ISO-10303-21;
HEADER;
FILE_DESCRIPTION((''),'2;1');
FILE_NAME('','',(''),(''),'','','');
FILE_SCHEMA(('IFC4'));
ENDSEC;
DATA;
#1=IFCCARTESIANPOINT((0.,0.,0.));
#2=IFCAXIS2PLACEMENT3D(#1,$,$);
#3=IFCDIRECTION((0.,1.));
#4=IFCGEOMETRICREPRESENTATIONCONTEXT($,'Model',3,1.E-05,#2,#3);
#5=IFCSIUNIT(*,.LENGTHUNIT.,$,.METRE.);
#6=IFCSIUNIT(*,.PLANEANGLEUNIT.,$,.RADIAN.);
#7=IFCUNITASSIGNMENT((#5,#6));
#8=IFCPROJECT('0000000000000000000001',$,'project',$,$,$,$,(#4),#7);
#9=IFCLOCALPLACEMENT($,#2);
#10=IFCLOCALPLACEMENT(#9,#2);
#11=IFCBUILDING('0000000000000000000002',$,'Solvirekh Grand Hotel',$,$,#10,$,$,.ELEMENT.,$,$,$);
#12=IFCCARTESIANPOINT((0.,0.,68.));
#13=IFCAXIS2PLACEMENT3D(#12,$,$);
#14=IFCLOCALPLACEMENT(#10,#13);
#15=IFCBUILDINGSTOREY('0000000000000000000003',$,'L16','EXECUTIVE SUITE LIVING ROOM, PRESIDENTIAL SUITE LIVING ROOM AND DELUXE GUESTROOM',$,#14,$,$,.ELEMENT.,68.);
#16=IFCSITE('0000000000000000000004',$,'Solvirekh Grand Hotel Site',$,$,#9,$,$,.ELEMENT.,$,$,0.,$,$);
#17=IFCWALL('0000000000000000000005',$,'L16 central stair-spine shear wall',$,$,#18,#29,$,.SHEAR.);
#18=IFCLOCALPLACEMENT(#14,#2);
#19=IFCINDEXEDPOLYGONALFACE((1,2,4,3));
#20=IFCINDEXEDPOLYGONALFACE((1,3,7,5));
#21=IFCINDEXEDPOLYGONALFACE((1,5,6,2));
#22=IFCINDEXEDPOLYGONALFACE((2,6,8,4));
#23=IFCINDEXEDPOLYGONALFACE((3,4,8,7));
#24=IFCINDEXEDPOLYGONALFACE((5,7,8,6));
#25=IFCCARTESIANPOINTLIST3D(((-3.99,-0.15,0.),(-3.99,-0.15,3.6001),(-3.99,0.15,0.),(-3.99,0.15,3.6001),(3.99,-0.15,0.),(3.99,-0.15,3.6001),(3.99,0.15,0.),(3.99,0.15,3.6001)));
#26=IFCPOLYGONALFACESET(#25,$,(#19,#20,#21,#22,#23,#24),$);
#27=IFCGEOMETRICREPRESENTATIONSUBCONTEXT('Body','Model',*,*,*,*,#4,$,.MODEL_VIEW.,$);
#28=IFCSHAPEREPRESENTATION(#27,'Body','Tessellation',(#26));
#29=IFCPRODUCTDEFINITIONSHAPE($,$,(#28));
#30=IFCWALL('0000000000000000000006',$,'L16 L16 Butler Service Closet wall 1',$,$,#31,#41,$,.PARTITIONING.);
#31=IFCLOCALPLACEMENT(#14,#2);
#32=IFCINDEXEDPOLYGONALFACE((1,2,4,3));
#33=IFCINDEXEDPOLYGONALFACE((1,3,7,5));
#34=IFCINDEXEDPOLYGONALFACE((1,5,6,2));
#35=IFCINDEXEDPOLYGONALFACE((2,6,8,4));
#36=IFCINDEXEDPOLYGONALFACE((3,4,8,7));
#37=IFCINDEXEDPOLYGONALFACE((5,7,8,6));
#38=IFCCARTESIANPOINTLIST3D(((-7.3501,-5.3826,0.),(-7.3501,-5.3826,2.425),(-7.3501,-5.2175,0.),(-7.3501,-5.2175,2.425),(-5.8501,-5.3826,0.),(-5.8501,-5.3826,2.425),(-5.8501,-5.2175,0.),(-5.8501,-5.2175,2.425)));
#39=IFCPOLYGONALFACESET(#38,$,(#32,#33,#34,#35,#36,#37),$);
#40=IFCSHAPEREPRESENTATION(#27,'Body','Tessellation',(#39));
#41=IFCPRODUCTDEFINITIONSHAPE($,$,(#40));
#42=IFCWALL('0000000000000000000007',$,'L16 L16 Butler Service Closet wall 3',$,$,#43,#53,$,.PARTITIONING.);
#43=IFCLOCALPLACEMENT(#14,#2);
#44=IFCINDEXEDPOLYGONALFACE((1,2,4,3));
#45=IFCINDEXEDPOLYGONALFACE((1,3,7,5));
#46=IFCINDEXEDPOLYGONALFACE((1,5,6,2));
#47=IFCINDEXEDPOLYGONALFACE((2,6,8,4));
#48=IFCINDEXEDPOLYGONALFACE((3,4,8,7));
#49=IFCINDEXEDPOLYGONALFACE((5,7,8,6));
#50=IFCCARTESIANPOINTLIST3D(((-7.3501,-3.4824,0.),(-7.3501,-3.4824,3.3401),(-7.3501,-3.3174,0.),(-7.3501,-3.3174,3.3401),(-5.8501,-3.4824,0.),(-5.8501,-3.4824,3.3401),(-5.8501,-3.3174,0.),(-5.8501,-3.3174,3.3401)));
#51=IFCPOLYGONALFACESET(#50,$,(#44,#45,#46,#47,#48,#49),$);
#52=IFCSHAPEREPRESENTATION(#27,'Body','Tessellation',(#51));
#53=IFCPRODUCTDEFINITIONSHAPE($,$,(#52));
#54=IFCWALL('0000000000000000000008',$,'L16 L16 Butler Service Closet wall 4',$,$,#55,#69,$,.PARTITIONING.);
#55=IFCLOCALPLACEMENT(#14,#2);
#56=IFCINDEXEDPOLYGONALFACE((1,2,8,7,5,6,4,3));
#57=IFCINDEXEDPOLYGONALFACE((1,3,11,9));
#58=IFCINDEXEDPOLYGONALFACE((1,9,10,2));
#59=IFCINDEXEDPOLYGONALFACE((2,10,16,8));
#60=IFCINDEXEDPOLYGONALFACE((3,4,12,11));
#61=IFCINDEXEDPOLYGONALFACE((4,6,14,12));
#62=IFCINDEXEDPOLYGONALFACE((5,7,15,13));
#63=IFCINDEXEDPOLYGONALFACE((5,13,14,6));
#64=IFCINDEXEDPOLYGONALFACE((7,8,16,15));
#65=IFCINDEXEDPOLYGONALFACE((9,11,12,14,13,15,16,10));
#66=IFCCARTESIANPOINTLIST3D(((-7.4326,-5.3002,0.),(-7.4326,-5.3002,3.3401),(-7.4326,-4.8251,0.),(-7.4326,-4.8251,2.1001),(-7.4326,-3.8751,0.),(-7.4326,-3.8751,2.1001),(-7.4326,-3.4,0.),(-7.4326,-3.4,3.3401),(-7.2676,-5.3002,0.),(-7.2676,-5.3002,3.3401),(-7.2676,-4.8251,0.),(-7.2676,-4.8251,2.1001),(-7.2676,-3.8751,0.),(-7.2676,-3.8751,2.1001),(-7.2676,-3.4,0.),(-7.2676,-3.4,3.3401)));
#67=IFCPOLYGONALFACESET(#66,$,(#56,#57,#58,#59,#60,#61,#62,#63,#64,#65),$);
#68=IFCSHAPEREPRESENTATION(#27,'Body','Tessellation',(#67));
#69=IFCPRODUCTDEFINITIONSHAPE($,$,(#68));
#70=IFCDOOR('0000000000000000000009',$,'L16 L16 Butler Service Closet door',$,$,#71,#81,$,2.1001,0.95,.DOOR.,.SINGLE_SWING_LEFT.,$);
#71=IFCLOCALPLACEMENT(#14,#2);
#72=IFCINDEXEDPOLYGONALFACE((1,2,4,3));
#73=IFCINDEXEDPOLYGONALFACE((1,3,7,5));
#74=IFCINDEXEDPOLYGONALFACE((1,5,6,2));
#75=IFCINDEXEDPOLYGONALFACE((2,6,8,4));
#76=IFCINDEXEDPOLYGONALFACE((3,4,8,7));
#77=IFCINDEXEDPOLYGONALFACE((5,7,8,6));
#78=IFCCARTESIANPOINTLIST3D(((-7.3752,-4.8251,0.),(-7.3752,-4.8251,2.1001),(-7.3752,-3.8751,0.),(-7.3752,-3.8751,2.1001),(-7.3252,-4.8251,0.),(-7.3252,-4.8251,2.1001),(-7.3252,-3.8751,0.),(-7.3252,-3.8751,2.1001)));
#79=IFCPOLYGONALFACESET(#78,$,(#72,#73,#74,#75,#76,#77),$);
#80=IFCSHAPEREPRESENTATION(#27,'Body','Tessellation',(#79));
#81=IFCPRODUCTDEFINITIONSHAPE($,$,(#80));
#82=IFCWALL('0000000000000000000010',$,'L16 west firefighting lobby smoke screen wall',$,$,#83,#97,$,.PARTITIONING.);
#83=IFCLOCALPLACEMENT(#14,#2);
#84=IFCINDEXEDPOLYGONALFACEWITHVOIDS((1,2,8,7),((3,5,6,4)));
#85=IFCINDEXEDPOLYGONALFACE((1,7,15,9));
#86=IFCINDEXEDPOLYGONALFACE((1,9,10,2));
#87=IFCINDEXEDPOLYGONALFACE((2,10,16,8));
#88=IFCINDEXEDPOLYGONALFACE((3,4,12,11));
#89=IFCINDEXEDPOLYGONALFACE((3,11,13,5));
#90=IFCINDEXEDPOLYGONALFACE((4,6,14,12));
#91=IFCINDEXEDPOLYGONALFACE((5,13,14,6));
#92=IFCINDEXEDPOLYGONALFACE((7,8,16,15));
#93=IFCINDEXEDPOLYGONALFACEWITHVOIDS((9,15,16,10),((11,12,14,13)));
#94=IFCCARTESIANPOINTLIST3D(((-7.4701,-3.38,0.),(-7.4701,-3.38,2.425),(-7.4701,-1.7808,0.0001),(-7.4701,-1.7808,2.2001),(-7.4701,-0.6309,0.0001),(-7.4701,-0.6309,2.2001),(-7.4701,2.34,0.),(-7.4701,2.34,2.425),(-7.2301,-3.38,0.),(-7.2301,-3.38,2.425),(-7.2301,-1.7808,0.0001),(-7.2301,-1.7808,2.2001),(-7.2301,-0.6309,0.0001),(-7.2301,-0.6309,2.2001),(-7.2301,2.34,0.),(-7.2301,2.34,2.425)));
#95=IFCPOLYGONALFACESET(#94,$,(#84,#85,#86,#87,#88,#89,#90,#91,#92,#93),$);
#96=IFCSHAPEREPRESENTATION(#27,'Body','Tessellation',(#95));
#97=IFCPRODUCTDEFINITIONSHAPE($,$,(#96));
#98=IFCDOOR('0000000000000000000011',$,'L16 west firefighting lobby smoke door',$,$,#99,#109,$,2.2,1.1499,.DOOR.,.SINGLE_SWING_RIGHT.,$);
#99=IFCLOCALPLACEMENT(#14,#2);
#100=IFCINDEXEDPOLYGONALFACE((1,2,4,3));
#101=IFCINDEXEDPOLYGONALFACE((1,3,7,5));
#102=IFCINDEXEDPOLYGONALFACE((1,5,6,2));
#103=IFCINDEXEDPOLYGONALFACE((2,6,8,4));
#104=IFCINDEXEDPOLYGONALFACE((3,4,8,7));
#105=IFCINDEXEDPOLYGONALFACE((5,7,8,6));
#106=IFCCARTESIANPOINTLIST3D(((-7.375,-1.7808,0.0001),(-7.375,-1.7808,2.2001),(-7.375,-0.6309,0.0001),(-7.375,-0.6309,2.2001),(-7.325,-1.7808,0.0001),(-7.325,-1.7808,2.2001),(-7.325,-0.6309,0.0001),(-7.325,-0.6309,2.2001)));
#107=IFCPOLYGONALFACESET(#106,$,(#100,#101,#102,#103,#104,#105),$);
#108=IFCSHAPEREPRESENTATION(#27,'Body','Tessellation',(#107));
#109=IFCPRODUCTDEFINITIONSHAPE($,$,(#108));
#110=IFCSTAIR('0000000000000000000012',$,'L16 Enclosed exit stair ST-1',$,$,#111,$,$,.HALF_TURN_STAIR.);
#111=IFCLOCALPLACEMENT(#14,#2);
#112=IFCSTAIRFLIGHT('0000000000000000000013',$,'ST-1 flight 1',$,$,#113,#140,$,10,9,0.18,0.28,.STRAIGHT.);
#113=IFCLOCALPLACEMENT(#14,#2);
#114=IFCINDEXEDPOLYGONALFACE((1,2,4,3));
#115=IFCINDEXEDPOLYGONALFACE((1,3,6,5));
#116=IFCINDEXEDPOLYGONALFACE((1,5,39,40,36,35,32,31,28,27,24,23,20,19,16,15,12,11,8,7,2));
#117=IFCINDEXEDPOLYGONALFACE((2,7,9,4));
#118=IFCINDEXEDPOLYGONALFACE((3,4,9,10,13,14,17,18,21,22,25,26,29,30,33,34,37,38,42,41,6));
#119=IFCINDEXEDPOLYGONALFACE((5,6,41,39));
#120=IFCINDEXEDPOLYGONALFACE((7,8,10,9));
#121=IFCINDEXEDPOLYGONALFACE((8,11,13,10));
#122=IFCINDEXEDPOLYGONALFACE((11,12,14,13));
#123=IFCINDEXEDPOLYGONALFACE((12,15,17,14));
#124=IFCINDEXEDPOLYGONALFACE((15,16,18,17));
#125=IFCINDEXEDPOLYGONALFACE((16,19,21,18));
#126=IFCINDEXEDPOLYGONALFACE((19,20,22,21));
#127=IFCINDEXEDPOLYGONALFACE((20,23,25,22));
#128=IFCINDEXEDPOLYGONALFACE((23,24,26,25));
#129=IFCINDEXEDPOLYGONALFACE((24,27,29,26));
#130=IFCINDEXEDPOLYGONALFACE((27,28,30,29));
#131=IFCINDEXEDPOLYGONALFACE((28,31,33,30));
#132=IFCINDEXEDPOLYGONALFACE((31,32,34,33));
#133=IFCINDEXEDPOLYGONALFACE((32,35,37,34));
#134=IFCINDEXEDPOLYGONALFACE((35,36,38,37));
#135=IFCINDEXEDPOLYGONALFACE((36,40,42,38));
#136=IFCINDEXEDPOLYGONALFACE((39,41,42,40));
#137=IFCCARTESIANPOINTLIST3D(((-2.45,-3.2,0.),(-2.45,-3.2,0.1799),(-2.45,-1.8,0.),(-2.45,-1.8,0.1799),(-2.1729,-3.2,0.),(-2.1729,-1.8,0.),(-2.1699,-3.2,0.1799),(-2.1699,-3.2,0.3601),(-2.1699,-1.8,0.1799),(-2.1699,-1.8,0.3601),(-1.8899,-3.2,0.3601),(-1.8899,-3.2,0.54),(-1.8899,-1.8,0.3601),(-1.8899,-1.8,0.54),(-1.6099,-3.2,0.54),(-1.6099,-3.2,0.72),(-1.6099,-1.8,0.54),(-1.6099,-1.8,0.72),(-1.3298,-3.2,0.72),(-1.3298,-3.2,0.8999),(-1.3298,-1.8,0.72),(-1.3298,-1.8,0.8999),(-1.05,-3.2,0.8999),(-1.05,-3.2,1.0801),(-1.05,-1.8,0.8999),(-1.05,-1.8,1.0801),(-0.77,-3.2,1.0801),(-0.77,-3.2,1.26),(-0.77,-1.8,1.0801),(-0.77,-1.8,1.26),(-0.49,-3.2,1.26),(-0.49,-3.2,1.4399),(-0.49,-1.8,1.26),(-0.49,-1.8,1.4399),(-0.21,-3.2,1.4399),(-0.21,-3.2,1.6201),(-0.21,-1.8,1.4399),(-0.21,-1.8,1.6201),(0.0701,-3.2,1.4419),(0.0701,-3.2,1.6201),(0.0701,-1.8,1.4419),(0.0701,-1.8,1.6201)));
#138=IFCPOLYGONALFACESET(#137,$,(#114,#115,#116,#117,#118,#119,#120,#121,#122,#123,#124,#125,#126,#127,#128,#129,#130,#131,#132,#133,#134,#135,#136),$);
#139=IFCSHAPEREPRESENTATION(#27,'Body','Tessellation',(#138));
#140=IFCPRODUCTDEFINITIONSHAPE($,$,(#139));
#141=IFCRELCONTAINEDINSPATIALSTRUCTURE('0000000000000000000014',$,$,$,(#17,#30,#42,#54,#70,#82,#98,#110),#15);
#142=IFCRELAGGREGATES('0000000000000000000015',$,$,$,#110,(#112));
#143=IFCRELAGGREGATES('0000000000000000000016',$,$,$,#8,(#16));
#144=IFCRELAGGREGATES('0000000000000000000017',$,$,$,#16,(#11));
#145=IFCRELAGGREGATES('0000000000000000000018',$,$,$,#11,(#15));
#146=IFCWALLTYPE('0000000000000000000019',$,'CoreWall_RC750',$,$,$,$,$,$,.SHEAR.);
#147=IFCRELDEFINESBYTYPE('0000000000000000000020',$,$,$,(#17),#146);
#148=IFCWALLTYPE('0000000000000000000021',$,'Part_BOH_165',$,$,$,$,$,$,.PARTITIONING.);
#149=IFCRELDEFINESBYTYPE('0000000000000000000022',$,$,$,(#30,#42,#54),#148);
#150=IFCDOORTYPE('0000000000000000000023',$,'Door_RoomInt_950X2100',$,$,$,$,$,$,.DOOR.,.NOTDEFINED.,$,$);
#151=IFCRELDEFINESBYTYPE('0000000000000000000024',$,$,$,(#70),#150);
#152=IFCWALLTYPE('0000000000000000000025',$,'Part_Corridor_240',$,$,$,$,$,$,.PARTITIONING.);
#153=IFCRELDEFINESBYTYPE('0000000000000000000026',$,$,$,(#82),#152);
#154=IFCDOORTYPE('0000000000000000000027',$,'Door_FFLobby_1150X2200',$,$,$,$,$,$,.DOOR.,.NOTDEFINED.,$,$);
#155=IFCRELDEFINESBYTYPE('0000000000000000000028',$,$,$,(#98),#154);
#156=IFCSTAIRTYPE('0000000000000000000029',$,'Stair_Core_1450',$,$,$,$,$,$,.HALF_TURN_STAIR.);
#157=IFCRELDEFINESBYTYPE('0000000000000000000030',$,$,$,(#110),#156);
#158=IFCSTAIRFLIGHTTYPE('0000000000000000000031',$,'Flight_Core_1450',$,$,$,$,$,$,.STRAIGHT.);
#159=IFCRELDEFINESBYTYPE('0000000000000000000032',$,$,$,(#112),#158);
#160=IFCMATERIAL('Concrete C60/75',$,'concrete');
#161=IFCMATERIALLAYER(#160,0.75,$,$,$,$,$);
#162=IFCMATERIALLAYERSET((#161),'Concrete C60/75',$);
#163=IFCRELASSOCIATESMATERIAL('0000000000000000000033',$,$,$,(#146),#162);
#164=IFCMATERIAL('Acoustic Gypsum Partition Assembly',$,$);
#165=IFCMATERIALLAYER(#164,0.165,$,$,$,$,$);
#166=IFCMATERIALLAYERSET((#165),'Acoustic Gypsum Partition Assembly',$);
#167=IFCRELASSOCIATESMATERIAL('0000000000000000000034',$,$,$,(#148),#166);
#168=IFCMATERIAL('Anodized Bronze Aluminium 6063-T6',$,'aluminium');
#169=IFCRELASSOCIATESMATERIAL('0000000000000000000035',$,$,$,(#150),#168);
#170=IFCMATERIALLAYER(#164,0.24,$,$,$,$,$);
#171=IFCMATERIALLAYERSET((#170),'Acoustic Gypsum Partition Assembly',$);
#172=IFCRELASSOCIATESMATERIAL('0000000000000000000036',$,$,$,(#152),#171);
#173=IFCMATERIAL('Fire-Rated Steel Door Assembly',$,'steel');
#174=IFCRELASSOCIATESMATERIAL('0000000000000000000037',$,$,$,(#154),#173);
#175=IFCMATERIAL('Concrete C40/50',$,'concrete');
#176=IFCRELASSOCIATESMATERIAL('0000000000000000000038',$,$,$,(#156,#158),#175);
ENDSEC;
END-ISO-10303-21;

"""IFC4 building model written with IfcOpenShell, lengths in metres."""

from ifc_helpers import new_model, si_unit, direction, frame, frame_2d, origin, place, context, subcontext, project, spatial, polyline, rectangle, outline, extrude, material, layer, layer_set, type_object, element, fill, aggregate, save


model = new_model("IFC4")

# Units and contexts
model_context = context("Model", 3, precision=1e-05, world=origin(), true_north=direction((0.0, 1.0)))
body_context = subcontext(model_context, "Body", "Model", "MODEL_VIEW")
ifc_project = project(units=[si_unit("LENGTHUNIT", "METRE"), si_unit("PLANEANGLEUNIT", "RADIAN")], contexts=[model_context])

# Site, building, storey
site_placement = place(None, origin())
site = spatial("IfcSite", under=ifc_project, at=site_placement, Name="Solvirekh Grand Hotel Site", CompositionType="ELEMENT", RefElevation=0.0)
building_placement = place(site_placement, origin())
building = spatial("IfcBuilding", under=site, at=building_placement, Name="Solvirekh Grand Hotel", CompositionType="ELEMENT")
storey_placement = place(building_placement, frame((0.0, 0.0, 68.0)))
storey = spatial("IfcBuildingStorey", under=building, at=storey_placement, Name="L16", Description="EXECUTIVE SUITE LIVING ROOM, PRESIDENTIAL SUITE LIVING ROOM AND DELUXE GUESTROOM", CompositionType="ELEMENT", Elevation=68.0)

# Shared definitions
ifc_material_1 = material(Name="Concrete C40/50", Category="concrete")

# Shared definitions
ifc_material_2 = material(Name="Fire-Rated Steel Door Assembly", Category="steel")

# Walls
ifc_material_3 = material(Name="Concrete C60/75", Category="concrete")
ifc_layer_1 = layer(ifc_material_3, 0.75)
ifc_layer_set_1 = layer_set([ifc_layer_1], Name="Concrete C60/75")
wall_type_1 = type_object("IfcWallType", Name="CoreWall_RC750", PredefinedType="SHEAR", material=ifc_layer_set_1)
wall_1_placement = place(storey_placement, frame((-3.99, 0.0, 0.0), z_axis=(0.0, 0.0, 1.0), x_axis=(1.0, 0.0, 0.0)))
element("IfcWall", 1, at=wall_1_placement, inside=storey, type_object=wall_type_1, Name="L16 central stair-spine shear wall", PredefinedType="SHEAR", context=body_context, shape_type="SweptSolid", body=[
    extrude(rectangle(XDim=7.98, YDim=0.3, at=frame_2d((3.99, 0.0))), origin(), (0.0, 0.0, 1.0), 3.6001),
])
ifc_material_4 = material(Name="Acoustic Gypsum Partition Assembly")
ifc_layer_2 = layer(ifc_material_4, 0.165)
ifc_layer_set_2 = layer_set([ifc_layer_2], Name="Acoustic Gypsum Partition Assembly")
wall_type_2 = type_object("IfcWallType", Name="Part_BOH_165", PredefinedType="PARTITIONING", material=ifc_layer_set_2)
wall_2_placement = place(storey_placement, frame((-7.3501, -5.3, 0.0), z_axis=(0.0, 0.0, 1.0), x_axis=(1.0, 0.0, 0.0)))
element("IfcWall", 2, at=wall_2_placement, inside=storey, type_object=wall_type_2, Name="L16 L16 Butler Service Closet wall 1", PredefinedType="PARTITIONING", context=body_context, shape_type="SweptSolid", body=[
    extrude(rectangle(XDim=1.5, YDim=0.165, at=frame_2d((0.75, 0.0))), origin(), (0.0, 0.0, 1.0), 2.425),
])
wall_3_placement = place(storey_placement, frame((-5.8501, -3.3999, 0.0), z_axis=(0.0, 0.0, 1.0), x_axis=(-1.0, 0.0, 0.0)))
element("IfcWall", 3, at=wall_3_placement, inside=storey, type_object=wall_type_2, Name="L16 L16 Butler Service Closet wall 3", PredefinedType="PARTITIONING", context=body_context, shape_type="SweptSolid", body=[
    extrude(rectangle(XDim=1.5, YDim=0.165, at=frame_2d((0.75, 0.0))), origin(), (0.0, 0.0, 1.0), 3.3401),
])

# Walls, openings, doors
wall_4_placement = place(storey_placement, frame((-7.3501, -3.3999, 0.0), z_axis=(0.0, 0.0, 1.0), x_axis=(0.0, -1.0, 0.0)))
wall_4 = element("IfcWall", 4, at=wall_4_placement, inside=storey, type_object=wall_type_2, Name="L16 L16 Butler Service Closet wall 4", PredefinedType="PARTITIONING", context=body_context, shape_type="SweptSolid", body=[
    extrude(rectangle(XDim=1.9001, YDim=0.165, at=frame_2d((0.9502, 0.0))), origin(), (0.0, 0.0, 1.0), 3.3401),
])
opening_1_placement = place(wall_4_placement, frame((0.4751, 0.0, 0.0)))
opening_1 = element("IfcOpeningElement", 5, at=opening_1_placement, cuts=wall_4, PredefinedType="OPENING", context=body_context, shape_type="SweptSolid", body=[
    extrude(rectangle(XDim=0.95, YDim=2.1001, at=frame_2d((0.4751, 1.05))), frame((0.0, 0.0925, 0.0), z_axis=(0.0, -1.0, 0.0), x_axis=(1.0, 0.0, 0.0)), (0.0, 0.0, 1.0), 0.1851),
])
ifc_material_5 = material(Name="Anodized Bronze Aluminium 6063-T6", Category="aluminium")
door_type_1 = type_object("IfcDoorType", Name="Door_RoomInt_950X2100", OperationType="NOTDEFINED", PredefinedType="DOOR", material=ifc_material_5)
door_1_placement = place(opening_1_placement, origin())
door_1 = element("IfcDoor", 6, at=door_1_placement, inside=storey, type_object=door_type_1, Name="L16 L16 Butler Service Closet door", OperationType="SINGLE_SWING_LEFT", OverallHeight=2.1001, OverallWidth=0.95, PredefinedType="DOOR", context=body_context, shape_type="SweptSolid", body=[
    extrude(rectangle(XDim=0.95, YDim=2.1001, at=frame_2d((0.4751, 1.05))), frame((0.0, 0.0249, 0.0), z_axis=(0.0, -1.0, 0.0), x_axis=(1.0, 0.0, 0.0)), (0.0, 0.0, 1.0), 0.05),
])
fill(opening_1, door_1)
ifc_layer_3 = layer(ifc_material_4, 0.24)
ifc_layer_set_3 = layer_set([ifc_layer_3], Name="Acoustic Gypsum Partition Assembly")
wall_type_3 = type_object("IfcWallType", Name="Part_Corridor_240", PredefinedType="PARTITIONING", material=ifc_layer_set_3)
wall_5_placement = place(storey_placement, frame((-7.3501, -3.3799, 0.0), z_axis=(0.0, 0.0, 1.0), x_axis=(0.0, 1.0, 0.0)))
wall_5 = element("IfcWall", 7, at=wall_5_placement, inside=storey, type_object=wall_type_3, Name="L16 west firefighting lobby smoke screen wall", PredefinedType="PARTITIONING", context=body_context, shape_type="SweptSolid", body=[
    extrude(rectangle(XDim=5.72, YDim=0.24, at=frame_2d((2.8599, 0.0))), origin(), (0.0, 0.0, 1.0), 2.425),
])
opening_2_placement = place(wall_5_placement, frame((1.5991, 0.0, 0.0)))
opening_2 = element("IfcOpeningElement", 8, at=opening_2_placement, cuts=wall_5, PredefinedType="OPENING", context=body_context, shape_type="SweptSolid", body=[
    extrude(rectangle(XDim=1.1499, YDim=2.2, at=frame_2d((0.575, 1.1001))), frame((0.0, 0.1299, 0.0), z_axis=(0.0, -1.0, 0.0), x_axis=(1.0, 0.0, 0.0)), (0.0, 0.0, 1.0), 0.26),
])
door_type_2 = type_object("IfcDoorType", Name="Door_FFLobby_1150X2200", OperationType="NOTDEFINED", PredefinedType="DOOR", material=ifc_material_2)
door_2_placement = place(opening_2_placement, origin())
door_2 = element("IfcDoor", 9, at=door_2_placement, inside=storey, type_object=door_type_2, Name="L16 west firefighting lobby smoke door", OperationType="SINGLE_SWING_RIGHT", OverallHeight=2.2, OverallWidth=1.1499, PredefinedType="DOOR", context=body_context, shape_type="SweptSolid", body=[
    extrude(rectangle(XDim=1.1499, YDim=2.2, at=frame_2d((0.575, 1.1001))), frame((0.0, 0.0249, 0.0), z_axis=(0.0, -1.0, 0.0), x_axis=(1.0, 0.0, 0.0)), (0.0, 0.0, 1.0), 0.05),
])
fill(opening_2, door_2)

# Stair, stair flight
stair_type = type_object("IfcStairType", Name="Stair_Core_1450", PredefinedType="HALF_TURN_STAIR", material=ifc_material_1)
stair_placement = place(storey_placement, origin())
stair = element("IfcStair", 10, at=stair_placement, inside=storey, type_object=stair_type, Name="L16 Enclosed exit stair ST-1", PredefinedType="HALF_TURN_STAIR")
stair_flight_type = type_object("IfcStairFlightType", Name="Flight_Core_1450", PredefinedType="STRAIGHT", material=ifc_material_1)
stair_flight_placement = place(storey_placement, frame((-2.45, -2.5, 0.0), z_axis=(0.0, 0.0, 1.0), x_axis=(1.0, 0.0, 0.0)))
stair_flight = element("IfcStairFlight", 11, at=stair_flight_placement, type_object=stair_flight_type, Name="ST-1 flight 1", NumberOfRisers=10, NumberOfTreads=9, PredefinedType="STRAIGHT", RiserHeight=0.18, TreadLength=0.28, context=body_context, shape_type="SweptSolid", body=[
    extrude(outline(polyline([(0.0, 0.0), (0.0, 0.1799), (0.28, 0.1799), (0.28, 0.3601), (0.5601, 0.3601), (0.5601, 0.54), (0.8401, 0.54), (0.8401, 0.72), (1.1201, 0.72), (1.1201, 0.8999), (1.3999, 0.8999), (1.3999, 1.0801), (1.6799, 1.0801), (1.6799, 1.26), (1.96, 1.26), (1.96, 1.4399), (2.24, 1.4399), (2.24, 1.6201), (2.52, 1.6201), (2.52, 1.8), (2.52, 1.4419), (0.2771, 0.0), (0.0, 0.0)])), frame((0.0, 0.7, 0.0), z_axis=(0.0, -1.0, 0.0), x_axis=(1.0, 0.0, 0.0)), (0.0, 0.0, 1.0), 1.3999),
])
aggregate(stair, [stair_flight])

save(model, "model.ifc")
